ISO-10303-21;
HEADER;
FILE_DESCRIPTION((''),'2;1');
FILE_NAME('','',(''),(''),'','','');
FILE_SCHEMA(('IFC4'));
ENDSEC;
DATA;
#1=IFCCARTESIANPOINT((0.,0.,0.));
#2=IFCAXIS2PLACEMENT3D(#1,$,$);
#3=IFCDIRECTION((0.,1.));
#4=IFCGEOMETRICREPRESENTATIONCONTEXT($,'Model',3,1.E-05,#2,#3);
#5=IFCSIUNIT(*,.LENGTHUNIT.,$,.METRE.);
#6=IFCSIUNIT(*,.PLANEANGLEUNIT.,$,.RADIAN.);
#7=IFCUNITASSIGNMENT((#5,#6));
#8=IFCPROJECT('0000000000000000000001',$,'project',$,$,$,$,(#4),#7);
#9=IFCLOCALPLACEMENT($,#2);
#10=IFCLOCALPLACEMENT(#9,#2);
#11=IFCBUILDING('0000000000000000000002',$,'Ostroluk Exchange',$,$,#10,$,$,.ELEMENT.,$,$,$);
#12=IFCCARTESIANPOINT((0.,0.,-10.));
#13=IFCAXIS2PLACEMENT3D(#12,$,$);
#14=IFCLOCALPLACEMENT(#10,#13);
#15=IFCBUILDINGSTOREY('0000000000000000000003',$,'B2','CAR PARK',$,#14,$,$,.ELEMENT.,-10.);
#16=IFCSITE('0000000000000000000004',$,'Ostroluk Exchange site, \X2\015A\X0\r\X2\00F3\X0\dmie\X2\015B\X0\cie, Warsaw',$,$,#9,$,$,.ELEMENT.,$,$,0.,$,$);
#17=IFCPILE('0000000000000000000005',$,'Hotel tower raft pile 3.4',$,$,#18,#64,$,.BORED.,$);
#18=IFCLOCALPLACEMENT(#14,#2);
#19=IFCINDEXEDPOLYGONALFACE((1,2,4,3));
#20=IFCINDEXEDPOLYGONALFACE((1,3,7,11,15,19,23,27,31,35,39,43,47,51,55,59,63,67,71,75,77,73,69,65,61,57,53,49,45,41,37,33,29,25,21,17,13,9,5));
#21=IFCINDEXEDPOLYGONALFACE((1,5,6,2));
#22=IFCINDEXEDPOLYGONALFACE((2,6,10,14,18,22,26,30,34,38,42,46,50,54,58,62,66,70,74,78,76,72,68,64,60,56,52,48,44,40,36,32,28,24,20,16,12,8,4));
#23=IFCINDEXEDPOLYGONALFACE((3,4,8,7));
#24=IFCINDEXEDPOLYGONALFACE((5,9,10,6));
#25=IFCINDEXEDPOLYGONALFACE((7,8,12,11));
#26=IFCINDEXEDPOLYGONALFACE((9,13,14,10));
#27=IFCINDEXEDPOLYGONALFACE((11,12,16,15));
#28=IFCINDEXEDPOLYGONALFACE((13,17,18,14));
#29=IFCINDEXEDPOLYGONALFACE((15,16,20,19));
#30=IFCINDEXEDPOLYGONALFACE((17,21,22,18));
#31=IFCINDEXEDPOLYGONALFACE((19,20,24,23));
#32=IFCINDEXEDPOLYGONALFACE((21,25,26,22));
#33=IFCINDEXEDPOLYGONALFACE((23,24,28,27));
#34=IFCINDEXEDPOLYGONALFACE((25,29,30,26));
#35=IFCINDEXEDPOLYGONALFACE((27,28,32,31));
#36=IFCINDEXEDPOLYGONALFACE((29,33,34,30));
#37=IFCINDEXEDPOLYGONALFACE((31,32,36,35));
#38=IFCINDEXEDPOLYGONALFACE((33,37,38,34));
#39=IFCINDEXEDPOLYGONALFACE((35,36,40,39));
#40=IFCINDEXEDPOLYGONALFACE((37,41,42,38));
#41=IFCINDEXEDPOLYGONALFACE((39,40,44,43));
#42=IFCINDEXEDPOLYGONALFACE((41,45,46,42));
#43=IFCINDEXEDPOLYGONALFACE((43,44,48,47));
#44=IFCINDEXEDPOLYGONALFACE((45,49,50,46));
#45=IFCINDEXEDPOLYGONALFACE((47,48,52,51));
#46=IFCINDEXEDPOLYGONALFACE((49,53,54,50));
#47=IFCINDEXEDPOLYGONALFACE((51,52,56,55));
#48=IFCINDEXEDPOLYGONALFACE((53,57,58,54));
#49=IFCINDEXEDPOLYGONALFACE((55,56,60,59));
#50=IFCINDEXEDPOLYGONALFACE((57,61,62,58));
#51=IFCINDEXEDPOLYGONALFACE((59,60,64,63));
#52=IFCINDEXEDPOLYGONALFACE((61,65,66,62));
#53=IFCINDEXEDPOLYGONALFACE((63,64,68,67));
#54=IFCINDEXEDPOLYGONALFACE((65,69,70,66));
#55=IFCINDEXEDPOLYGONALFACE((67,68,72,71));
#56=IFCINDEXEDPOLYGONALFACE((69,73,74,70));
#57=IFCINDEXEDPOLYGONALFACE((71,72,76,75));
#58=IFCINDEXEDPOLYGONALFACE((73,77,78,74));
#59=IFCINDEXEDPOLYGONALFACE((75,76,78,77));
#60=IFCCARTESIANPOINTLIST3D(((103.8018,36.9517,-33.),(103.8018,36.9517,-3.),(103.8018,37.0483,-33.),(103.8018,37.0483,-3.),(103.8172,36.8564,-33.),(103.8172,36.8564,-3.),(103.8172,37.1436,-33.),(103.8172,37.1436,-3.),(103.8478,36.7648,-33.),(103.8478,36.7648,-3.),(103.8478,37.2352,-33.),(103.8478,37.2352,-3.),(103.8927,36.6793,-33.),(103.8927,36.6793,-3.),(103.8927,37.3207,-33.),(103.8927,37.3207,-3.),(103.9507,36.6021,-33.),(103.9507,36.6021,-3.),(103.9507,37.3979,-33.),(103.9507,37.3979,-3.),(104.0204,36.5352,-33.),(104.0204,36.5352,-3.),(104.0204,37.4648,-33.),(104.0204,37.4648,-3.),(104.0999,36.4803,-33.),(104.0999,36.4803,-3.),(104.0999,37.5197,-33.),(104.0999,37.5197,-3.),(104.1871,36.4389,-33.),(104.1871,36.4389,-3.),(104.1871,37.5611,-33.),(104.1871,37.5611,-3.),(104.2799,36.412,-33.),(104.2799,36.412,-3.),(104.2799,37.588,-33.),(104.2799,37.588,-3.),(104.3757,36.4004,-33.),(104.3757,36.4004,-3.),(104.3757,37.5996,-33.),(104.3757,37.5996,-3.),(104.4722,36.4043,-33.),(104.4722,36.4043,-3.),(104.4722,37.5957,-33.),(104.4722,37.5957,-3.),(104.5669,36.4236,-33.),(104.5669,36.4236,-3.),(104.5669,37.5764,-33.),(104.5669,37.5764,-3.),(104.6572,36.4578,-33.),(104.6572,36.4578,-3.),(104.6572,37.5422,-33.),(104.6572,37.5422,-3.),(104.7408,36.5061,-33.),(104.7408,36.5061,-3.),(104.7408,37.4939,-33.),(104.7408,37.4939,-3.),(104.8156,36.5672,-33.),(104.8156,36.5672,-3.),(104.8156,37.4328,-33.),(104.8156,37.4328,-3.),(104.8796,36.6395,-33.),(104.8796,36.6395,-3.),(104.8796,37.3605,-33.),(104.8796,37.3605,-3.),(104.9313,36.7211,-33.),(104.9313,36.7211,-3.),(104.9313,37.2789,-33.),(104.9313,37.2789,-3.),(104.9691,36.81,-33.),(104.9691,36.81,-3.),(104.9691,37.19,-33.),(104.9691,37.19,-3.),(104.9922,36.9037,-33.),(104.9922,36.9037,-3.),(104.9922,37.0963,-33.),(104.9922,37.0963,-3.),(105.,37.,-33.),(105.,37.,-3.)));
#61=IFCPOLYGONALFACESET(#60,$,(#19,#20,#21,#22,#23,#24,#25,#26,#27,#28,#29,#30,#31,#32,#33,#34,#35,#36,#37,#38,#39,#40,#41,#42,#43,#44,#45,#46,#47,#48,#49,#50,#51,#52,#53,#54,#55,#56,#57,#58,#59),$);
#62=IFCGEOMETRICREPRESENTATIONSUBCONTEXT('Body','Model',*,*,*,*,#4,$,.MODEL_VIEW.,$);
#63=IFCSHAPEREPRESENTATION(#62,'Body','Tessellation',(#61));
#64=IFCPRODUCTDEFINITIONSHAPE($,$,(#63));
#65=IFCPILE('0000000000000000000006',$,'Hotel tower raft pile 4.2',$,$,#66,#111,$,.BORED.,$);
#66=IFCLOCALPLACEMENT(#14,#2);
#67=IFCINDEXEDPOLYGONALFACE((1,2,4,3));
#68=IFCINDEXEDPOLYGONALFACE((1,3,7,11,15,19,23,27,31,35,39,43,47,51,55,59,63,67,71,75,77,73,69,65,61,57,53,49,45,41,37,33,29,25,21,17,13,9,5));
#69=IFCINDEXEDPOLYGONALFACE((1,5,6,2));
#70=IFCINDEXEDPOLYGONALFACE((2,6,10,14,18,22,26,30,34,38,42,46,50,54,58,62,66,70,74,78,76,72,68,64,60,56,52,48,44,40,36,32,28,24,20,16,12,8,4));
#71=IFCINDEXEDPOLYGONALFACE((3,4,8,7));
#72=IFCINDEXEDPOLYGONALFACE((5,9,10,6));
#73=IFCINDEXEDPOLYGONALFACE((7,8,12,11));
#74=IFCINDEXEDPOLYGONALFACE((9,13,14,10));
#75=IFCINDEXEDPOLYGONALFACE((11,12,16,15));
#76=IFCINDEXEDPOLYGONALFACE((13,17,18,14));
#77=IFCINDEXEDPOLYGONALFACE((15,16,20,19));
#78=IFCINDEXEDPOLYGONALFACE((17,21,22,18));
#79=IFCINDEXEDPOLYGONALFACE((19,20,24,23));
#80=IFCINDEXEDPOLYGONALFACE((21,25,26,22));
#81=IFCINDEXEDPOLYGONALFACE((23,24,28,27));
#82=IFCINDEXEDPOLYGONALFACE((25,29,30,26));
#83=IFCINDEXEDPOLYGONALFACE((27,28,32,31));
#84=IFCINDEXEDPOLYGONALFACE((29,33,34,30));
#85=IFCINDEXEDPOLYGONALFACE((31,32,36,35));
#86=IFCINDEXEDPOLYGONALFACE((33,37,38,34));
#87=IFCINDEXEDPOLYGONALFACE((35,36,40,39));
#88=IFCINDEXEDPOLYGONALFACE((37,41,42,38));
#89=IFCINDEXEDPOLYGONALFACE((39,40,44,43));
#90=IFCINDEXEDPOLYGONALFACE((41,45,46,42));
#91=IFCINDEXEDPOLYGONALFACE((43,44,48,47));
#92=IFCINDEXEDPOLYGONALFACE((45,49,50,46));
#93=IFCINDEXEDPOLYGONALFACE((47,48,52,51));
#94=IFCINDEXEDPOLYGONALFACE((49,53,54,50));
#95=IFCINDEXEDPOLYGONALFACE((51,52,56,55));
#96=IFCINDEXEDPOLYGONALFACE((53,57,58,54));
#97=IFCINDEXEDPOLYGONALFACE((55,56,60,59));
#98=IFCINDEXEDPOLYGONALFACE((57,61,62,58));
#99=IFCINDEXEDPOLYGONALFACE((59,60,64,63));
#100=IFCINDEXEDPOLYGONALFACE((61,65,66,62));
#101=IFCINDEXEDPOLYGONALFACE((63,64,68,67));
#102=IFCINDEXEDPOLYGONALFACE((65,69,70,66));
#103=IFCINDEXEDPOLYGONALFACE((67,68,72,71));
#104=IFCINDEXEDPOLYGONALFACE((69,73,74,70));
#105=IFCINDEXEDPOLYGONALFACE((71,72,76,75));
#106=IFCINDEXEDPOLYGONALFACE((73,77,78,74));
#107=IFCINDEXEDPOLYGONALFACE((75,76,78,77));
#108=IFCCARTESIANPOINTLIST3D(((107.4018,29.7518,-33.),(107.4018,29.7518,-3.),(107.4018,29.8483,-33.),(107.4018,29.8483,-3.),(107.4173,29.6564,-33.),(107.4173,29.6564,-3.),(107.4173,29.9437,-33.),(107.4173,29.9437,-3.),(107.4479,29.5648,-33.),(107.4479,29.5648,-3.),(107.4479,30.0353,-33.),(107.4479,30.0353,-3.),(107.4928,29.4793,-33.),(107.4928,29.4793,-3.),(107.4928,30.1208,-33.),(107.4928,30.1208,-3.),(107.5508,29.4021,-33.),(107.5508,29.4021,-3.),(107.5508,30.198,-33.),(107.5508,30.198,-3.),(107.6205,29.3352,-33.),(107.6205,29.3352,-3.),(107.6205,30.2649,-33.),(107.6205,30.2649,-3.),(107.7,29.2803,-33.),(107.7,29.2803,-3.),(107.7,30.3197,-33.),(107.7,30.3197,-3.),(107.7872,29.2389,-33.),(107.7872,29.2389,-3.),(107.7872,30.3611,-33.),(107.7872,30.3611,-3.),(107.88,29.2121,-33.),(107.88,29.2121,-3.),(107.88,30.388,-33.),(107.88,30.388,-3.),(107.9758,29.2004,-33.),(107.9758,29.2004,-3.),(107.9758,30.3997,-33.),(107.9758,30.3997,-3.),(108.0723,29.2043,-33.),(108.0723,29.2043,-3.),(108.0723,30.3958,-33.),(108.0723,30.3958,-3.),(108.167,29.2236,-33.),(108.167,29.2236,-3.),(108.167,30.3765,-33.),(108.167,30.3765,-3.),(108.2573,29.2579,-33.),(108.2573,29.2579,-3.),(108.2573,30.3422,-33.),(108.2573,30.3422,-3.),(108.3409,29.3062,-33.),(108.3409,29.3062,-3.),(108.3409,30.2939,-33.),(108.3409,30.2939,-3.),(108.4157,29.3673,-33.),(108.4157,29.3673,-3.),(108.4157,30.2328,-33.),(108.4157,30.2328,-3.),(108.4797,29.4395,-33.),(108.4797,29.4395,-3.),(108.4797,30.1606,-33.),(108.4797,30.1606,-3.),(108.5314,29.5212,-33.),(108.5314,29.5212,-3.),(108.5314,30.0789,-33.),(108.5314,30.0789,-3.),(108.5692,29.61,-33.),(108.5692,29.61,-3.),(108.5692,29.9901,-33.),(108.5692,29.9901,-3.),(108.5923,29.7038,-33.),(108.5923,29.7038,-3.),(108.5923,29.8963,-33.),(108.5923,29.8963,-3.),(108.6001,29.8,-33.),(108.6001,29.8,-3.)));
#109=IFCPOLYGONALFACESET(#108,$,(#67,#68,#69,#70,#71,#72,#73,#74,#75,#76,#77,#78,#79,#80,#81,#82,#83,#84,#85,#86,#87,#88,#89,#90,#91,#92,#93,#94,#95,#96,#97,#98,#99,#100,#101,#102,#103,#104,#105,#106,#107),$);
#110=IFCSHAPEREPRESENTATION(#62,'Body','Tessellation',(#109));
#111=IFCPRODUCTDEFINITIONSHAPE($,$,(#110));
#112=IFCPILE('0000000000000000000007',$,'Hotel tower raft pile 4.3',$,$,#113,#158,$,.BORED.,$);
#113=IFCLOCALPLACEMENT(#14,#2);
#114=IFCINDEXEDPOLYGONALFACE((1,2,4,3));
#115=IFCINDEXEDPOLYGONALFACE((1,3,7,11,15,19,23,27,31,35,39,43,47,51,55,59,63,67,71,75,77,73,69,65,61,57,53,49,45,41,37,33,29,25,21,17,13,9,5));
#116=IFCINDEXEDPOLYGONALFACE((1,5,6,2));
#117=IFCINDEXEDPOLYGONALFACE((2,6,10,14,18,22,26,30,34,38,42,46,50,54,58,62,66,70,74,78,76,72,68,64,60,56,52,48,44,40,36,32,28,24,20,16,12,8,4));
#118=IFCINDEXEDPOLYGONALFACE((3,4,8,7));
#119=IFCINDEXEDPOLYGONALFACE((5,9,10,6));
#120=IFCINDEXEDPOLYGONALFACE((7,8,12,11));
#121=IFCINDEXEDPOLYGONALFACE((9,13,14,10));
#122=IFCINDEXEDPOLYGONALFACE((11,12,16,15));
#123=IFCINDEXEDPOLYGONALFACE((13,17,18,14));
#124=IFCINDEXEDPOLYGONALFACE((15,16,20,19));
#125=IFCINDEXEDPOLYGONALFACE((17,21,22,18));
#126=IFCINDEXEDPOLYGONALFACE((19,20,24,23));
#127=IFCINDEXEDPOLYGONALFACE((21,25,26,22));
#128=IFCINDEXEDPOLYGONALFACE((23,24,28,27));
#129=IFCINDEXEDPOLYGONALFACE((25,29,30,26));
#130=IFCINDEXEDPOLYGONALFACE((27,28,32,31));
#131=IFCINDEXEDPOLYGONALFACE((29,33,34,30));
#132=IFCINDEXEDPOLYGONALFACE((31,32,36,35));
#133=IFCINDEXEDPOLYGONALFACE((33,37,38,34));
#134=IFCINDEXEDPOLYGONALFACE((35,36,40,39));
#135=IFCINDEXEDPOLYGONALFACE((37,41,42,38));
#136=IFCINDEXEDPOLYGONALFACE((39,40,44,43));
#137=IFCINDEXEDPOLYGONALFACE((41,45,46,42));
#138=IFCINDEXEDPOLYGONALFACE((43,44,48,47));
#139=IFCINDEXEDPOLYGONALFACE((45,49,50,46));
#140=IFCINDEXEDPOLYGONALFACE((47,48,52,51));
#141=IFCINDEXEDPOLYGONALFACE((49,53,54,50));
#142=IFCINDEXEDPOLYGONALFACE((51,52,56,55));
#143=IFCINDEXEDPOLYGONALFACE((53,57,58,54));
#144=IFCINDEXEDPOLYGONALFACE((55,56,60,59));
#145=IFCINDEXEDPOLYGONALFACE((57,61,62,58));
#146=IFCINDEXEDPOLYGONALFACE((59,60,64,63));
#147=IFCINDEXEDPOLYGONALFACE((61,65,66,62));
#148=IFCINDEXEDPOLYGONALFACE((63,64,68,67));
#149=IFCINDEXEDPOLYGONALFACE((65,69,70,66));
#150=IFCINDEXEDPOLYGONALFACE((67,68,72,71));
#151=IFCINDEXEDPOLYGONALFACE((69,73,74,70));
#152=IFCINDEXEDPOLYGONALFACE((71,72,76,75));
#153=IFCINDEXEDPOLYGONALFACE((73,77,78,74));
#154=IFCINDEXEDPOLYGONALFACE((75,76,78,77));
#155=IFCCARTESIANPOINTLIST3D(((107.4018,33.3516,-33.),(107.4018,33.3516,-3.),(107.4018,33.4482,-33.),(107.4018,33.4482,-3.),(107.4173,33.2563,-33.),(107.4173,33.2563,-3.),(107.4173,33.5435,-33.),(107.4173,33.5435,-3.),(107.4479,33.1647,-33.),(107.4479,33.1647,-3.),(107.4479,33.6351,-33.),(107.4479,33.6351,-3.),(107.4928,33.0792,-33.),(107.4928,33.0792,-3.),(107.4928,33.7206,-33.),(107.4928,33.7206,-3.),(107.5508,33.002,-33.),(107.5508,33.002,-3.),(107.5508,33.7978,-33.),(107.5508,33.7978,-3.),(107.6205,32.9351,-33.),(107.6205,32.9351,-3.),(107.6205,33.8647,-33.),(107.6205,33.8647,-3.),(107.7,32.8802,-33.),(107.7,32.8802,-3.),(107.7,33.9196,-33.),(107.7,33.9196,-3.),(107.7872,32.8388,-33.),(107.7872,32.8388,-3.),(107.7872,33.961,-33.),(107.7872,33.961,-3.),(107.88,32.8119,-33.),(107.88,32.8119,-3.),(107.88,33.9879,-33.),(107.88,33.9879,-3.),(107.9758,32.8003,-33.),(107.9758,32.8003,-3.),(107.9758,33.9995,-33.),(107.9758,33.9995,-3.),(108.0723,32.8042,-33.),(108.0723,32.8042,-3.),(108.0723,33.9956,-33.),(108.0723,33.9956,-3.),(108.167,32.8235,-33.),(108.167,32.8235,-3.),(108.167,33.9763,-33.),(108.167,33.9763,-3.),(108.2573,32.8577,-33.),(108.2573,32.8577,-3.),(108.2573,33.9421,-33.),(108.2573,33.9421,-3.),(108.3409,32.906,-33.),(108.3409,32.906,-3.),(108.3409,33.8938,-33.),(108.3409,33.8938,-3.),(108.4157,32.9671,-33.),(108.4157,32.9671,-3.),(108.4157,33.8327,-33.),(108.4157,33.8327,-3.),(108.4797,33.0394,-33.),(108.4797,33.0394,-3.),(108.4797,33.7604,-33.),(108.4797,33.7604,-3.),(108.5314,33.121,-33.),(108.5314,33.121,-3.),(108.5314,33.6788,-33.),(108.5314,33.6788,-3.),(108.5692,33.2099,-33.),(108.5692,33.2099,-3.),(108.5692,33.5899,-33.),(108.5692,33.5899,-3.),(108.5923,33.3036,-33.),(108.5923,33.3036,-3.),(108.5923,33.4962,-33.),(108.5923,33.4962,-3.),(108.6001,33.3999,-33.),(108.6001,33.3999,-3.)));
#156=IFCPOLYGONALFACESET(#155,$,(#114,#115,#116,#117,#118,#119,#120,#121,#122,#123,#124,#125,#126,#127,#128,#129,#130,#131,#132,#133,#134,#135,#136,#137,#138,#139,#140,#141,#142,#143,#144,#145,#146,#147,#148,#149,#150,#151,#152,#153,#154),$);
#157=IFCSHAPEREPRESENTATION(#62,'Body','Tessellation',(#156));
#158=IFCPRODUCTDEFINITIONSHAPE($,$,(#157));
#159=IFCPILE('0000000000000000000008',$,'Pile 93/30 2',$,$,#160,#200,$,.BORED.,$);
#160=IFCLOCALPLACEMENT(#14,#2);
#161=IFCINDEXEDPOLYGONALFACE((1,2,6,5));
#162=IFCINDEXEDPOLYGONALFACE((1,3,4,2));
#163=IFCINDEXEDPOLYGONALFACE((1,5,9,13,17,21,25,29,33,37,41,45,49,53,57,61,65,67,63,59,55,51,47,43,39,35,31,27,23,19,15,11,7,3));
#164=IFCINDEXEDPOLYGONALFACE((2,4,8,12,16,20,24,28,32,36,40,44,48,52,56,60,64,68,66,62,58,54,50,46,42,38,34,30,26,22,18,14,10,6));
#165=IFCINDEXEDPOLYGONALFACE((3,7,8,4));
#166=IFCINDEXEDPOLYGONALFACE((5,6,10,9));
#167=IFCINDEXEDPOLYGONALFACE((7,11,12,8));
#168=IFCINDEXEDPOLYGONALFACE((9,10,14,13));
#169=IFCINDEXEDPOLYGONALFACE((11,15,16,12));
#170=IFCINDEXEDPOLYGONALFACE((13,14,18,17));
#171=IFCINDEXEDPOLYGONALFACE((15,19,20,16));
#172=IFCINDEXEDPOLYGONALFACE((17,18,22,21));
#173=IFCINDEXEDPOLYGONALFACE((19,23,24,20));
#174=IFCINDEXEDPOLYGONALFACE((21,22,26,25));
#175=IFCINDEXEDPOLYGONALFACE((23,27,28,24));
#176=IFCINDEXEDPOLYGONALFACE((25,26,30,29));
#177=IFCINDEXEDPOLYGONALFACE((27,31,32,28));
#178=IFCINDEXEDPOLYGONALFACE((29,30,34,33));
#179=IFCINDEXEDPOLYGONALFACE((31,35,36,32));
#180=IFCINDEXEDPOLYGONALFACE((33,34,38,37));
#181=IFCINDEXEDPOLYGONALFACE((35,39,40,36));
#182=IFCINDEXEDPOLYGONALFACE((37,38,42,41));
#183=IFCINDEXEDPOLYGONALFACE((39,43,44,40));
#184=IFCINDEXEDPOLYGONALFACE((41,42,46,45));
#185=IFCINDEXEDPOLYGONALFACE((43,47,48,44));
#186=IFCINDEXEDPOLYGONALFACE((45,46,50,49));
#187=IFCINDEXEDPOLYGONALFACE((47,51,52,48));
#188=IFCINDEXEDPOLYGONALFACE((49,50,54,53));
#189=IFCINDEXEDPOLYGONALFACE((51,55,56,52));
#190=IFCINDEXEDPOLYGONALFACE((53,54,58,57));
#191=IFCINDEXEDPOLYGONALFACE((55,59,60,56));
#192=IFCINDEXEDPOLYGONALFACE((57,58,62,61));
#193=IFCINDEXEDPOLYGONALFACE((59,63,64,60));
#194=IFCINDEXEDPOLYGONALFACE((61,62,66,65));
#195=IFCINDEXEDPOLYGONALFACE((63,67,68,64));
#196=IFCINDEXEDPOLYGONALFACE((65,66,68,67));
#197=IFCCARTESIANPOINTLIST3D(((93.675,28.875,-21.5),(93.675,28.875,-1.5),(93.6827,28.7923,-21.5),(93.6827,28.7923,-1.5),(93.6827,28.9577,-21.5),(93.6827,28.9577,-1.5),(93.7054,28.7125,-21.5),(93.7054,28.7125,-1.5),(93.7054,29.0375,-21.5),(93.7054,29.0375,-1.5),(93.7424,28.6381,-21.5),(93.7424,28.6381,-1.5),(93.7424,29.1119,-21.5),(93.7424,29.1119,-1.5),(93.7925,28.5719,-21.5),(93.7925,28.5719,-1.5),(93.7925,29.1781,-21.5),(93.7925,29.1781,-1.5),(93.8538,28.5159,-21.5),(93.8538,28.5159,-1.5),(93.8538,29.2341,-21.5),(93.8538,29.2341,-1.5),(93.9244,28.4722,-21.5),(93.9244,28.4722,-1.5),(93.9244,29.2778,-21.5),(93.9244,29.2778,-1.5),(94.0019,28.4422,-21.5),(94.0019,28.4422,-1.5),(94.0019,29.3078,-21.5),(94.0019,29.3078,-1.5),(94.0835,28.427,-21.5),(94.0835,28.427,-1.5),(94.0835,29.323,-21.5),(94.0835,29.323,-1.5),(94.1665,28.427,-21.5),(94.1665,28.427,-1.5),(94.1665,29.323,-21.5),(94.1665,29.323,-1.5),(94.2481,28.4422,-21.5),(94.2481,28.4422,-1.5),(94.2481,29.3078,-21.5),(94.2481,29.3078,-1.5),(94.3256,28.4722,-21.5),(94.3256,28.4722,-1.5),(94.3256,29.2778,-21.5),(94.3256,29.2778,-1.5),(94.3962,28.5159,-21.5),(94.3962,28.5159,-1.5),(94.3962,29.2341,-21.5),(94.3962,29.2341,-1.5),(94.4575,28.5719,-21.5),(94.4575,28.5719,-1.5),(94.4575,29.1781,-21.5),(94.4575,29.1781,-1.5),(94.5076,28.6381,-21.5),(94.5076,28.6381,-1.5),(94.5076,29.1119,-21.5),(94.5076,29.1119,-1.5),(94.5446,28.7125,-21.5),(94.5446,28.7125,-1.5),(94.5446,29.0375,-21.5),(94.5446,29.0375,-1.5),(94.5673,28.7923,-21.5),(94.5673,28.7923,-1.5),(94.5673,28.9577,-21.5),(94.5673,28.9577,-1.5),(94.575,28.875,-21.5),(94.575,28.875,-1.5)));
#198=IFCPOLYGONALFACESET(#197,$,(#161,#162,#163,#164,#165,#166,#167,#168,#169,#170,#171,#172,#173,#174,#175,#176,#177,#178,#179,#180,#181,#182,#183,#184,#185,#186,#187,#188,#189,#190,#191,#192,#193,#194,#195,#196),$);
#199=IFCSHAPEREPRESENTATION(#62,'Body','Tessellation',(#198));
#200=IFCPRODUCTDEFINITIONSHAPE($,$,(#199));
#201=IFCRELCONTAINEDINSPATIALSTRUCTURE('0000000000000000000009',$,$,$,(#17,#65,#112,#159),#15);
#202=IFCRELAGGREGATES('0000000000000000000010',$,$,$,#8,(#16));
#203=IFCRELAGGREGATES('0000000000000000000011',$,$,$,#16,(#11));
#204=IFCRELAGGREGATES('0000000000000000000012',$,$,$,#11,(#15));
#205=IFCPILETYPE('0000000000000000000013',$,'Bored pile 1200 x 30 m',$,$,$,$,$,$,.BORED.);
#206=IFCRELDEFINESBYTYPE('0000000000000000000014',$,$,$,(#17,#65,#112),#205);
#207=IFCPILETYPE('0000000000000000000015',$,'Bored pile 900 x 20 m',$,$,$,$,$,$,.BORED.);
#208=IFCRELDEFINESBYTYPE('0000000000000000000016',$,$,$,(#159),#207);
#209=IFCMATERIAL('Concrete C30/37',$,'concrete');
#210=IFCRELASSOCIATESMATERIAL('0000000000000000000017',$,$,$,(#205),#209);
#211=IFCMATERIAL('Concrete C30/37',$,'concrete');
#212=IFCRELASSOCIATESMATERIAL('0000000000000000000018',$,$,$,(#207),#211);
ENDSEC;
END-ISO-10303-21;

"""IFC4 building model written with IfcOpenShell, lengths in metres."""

from ifc_helpers import new_model, si_unit, direction, frame, origin, origin_2d, place, context, subcontext, project, spatial, circle, extrude, material, type_object, element, save


model = new_model("IFC4")

# Units and contexts
model_context = context("Model", 3, precision=1e-05, world=origin(), true_north=direction((0.0, 1.0)))
body_context = subcontext(model_context, "Body", "Model", "MODEL_VIEW")
ifc_project = project(units=[si_unit("LENGTHUNIT", "METRE"), si_unit("PLANEANGLEUNIT", "RADIAN")], contexts=[model_context])

# Site, building, storey
site_placement = place(None, origin())
site = spatial("IfcSite", under=ifc_project, at=site_placement, Name="Ostroluk Exchange site, Śródmieście, Warsaw", CompositionType="ELEMENT", RefElevation=0.0)
building_placement = place(site_placement, origin())
building = spatial("IfcBuilding", under=site, at=building_placement, Name="Ostroluk Exchange", CompositionType="ELEMENT")
storey_placement = place(building_placement, frame((0.0, 0.0, -10.0)))
storey = spatial("IfcBuildingStorey", under=building, at=storey_placement, Name="B2", Description="CAR PARK", CompositionType="ELEMENT", Elevation=-10.0)

# Piles
ifc_material_1 = material(Name="Concrete C30/37", Category="concrete")
pile_type_1 = type_object("IfcPileType", Name="Bored pile 1200 x 30 m", PredefinedType="BORED", material=ifc_material_1)
for number, where, z_axis, x_axis, name in (
    (1, (104.3999, 37.0, -3.0), (0.0, 0.0, -1.0), (1.0, 0.0, 0.0), "Hotel tower raft pile 3.4"),
    (2, (108.0, 29.8, -3.0), (0.0, 0.0, -1.0), (1.0, 0.0, 0.0), "Hotel tower raft pile 4.2"),
    (3, (108.0, 33.3999, -3.0), (0.0, 0.0, -1.0), (1.0, 0.0, 0.0), "Hotel tower raft pile 4.3"),
):
    element("IfcPile", number, at=place(storey_placement, frame(where, z_axis=z_axis, x_axis=x_axis)), inside=storey, type_object=pile_type_1, Name=name, PredefinedType="BORED", context=body_context, shape_type="SweptSolid", body=[
        extrude(circle(Radius=0.6001, at=origin_2d()), origin(), (0.0, 0.0, 1.0), 30.0),
    ])
ifc_material_2 = material(Name="Concrete C30/37", Category="concrete")
pile_type_2 = type_object("IfcPileType", Name="Bored pile 900 x 20 m", PredefinedType="BORED", material=ifc_material_2)
for number, where, z_axis, x_axis, name in (
    (4, (94.125, 28.875, -1.5), (0.0, 0.0, -1.0), (1.0, 0.0, 0.0), "Pile 93/30 2"),
):
    element("IfcPile", number, at=place(storey_placement, frame(where, z_axis=z_axis, x_axis=x_axis)), inside=storey, type_object=pile_type_2, Name=name, PredefinedType="BORED", context=body_context, shape_type="SweptSolid", body=[
        extrude(circle(Radius=0.45, at=origin_2d()), origin(), (0.0, 0.0, 1.0), 20.0),
    ])

save(model, "model.ifc")
